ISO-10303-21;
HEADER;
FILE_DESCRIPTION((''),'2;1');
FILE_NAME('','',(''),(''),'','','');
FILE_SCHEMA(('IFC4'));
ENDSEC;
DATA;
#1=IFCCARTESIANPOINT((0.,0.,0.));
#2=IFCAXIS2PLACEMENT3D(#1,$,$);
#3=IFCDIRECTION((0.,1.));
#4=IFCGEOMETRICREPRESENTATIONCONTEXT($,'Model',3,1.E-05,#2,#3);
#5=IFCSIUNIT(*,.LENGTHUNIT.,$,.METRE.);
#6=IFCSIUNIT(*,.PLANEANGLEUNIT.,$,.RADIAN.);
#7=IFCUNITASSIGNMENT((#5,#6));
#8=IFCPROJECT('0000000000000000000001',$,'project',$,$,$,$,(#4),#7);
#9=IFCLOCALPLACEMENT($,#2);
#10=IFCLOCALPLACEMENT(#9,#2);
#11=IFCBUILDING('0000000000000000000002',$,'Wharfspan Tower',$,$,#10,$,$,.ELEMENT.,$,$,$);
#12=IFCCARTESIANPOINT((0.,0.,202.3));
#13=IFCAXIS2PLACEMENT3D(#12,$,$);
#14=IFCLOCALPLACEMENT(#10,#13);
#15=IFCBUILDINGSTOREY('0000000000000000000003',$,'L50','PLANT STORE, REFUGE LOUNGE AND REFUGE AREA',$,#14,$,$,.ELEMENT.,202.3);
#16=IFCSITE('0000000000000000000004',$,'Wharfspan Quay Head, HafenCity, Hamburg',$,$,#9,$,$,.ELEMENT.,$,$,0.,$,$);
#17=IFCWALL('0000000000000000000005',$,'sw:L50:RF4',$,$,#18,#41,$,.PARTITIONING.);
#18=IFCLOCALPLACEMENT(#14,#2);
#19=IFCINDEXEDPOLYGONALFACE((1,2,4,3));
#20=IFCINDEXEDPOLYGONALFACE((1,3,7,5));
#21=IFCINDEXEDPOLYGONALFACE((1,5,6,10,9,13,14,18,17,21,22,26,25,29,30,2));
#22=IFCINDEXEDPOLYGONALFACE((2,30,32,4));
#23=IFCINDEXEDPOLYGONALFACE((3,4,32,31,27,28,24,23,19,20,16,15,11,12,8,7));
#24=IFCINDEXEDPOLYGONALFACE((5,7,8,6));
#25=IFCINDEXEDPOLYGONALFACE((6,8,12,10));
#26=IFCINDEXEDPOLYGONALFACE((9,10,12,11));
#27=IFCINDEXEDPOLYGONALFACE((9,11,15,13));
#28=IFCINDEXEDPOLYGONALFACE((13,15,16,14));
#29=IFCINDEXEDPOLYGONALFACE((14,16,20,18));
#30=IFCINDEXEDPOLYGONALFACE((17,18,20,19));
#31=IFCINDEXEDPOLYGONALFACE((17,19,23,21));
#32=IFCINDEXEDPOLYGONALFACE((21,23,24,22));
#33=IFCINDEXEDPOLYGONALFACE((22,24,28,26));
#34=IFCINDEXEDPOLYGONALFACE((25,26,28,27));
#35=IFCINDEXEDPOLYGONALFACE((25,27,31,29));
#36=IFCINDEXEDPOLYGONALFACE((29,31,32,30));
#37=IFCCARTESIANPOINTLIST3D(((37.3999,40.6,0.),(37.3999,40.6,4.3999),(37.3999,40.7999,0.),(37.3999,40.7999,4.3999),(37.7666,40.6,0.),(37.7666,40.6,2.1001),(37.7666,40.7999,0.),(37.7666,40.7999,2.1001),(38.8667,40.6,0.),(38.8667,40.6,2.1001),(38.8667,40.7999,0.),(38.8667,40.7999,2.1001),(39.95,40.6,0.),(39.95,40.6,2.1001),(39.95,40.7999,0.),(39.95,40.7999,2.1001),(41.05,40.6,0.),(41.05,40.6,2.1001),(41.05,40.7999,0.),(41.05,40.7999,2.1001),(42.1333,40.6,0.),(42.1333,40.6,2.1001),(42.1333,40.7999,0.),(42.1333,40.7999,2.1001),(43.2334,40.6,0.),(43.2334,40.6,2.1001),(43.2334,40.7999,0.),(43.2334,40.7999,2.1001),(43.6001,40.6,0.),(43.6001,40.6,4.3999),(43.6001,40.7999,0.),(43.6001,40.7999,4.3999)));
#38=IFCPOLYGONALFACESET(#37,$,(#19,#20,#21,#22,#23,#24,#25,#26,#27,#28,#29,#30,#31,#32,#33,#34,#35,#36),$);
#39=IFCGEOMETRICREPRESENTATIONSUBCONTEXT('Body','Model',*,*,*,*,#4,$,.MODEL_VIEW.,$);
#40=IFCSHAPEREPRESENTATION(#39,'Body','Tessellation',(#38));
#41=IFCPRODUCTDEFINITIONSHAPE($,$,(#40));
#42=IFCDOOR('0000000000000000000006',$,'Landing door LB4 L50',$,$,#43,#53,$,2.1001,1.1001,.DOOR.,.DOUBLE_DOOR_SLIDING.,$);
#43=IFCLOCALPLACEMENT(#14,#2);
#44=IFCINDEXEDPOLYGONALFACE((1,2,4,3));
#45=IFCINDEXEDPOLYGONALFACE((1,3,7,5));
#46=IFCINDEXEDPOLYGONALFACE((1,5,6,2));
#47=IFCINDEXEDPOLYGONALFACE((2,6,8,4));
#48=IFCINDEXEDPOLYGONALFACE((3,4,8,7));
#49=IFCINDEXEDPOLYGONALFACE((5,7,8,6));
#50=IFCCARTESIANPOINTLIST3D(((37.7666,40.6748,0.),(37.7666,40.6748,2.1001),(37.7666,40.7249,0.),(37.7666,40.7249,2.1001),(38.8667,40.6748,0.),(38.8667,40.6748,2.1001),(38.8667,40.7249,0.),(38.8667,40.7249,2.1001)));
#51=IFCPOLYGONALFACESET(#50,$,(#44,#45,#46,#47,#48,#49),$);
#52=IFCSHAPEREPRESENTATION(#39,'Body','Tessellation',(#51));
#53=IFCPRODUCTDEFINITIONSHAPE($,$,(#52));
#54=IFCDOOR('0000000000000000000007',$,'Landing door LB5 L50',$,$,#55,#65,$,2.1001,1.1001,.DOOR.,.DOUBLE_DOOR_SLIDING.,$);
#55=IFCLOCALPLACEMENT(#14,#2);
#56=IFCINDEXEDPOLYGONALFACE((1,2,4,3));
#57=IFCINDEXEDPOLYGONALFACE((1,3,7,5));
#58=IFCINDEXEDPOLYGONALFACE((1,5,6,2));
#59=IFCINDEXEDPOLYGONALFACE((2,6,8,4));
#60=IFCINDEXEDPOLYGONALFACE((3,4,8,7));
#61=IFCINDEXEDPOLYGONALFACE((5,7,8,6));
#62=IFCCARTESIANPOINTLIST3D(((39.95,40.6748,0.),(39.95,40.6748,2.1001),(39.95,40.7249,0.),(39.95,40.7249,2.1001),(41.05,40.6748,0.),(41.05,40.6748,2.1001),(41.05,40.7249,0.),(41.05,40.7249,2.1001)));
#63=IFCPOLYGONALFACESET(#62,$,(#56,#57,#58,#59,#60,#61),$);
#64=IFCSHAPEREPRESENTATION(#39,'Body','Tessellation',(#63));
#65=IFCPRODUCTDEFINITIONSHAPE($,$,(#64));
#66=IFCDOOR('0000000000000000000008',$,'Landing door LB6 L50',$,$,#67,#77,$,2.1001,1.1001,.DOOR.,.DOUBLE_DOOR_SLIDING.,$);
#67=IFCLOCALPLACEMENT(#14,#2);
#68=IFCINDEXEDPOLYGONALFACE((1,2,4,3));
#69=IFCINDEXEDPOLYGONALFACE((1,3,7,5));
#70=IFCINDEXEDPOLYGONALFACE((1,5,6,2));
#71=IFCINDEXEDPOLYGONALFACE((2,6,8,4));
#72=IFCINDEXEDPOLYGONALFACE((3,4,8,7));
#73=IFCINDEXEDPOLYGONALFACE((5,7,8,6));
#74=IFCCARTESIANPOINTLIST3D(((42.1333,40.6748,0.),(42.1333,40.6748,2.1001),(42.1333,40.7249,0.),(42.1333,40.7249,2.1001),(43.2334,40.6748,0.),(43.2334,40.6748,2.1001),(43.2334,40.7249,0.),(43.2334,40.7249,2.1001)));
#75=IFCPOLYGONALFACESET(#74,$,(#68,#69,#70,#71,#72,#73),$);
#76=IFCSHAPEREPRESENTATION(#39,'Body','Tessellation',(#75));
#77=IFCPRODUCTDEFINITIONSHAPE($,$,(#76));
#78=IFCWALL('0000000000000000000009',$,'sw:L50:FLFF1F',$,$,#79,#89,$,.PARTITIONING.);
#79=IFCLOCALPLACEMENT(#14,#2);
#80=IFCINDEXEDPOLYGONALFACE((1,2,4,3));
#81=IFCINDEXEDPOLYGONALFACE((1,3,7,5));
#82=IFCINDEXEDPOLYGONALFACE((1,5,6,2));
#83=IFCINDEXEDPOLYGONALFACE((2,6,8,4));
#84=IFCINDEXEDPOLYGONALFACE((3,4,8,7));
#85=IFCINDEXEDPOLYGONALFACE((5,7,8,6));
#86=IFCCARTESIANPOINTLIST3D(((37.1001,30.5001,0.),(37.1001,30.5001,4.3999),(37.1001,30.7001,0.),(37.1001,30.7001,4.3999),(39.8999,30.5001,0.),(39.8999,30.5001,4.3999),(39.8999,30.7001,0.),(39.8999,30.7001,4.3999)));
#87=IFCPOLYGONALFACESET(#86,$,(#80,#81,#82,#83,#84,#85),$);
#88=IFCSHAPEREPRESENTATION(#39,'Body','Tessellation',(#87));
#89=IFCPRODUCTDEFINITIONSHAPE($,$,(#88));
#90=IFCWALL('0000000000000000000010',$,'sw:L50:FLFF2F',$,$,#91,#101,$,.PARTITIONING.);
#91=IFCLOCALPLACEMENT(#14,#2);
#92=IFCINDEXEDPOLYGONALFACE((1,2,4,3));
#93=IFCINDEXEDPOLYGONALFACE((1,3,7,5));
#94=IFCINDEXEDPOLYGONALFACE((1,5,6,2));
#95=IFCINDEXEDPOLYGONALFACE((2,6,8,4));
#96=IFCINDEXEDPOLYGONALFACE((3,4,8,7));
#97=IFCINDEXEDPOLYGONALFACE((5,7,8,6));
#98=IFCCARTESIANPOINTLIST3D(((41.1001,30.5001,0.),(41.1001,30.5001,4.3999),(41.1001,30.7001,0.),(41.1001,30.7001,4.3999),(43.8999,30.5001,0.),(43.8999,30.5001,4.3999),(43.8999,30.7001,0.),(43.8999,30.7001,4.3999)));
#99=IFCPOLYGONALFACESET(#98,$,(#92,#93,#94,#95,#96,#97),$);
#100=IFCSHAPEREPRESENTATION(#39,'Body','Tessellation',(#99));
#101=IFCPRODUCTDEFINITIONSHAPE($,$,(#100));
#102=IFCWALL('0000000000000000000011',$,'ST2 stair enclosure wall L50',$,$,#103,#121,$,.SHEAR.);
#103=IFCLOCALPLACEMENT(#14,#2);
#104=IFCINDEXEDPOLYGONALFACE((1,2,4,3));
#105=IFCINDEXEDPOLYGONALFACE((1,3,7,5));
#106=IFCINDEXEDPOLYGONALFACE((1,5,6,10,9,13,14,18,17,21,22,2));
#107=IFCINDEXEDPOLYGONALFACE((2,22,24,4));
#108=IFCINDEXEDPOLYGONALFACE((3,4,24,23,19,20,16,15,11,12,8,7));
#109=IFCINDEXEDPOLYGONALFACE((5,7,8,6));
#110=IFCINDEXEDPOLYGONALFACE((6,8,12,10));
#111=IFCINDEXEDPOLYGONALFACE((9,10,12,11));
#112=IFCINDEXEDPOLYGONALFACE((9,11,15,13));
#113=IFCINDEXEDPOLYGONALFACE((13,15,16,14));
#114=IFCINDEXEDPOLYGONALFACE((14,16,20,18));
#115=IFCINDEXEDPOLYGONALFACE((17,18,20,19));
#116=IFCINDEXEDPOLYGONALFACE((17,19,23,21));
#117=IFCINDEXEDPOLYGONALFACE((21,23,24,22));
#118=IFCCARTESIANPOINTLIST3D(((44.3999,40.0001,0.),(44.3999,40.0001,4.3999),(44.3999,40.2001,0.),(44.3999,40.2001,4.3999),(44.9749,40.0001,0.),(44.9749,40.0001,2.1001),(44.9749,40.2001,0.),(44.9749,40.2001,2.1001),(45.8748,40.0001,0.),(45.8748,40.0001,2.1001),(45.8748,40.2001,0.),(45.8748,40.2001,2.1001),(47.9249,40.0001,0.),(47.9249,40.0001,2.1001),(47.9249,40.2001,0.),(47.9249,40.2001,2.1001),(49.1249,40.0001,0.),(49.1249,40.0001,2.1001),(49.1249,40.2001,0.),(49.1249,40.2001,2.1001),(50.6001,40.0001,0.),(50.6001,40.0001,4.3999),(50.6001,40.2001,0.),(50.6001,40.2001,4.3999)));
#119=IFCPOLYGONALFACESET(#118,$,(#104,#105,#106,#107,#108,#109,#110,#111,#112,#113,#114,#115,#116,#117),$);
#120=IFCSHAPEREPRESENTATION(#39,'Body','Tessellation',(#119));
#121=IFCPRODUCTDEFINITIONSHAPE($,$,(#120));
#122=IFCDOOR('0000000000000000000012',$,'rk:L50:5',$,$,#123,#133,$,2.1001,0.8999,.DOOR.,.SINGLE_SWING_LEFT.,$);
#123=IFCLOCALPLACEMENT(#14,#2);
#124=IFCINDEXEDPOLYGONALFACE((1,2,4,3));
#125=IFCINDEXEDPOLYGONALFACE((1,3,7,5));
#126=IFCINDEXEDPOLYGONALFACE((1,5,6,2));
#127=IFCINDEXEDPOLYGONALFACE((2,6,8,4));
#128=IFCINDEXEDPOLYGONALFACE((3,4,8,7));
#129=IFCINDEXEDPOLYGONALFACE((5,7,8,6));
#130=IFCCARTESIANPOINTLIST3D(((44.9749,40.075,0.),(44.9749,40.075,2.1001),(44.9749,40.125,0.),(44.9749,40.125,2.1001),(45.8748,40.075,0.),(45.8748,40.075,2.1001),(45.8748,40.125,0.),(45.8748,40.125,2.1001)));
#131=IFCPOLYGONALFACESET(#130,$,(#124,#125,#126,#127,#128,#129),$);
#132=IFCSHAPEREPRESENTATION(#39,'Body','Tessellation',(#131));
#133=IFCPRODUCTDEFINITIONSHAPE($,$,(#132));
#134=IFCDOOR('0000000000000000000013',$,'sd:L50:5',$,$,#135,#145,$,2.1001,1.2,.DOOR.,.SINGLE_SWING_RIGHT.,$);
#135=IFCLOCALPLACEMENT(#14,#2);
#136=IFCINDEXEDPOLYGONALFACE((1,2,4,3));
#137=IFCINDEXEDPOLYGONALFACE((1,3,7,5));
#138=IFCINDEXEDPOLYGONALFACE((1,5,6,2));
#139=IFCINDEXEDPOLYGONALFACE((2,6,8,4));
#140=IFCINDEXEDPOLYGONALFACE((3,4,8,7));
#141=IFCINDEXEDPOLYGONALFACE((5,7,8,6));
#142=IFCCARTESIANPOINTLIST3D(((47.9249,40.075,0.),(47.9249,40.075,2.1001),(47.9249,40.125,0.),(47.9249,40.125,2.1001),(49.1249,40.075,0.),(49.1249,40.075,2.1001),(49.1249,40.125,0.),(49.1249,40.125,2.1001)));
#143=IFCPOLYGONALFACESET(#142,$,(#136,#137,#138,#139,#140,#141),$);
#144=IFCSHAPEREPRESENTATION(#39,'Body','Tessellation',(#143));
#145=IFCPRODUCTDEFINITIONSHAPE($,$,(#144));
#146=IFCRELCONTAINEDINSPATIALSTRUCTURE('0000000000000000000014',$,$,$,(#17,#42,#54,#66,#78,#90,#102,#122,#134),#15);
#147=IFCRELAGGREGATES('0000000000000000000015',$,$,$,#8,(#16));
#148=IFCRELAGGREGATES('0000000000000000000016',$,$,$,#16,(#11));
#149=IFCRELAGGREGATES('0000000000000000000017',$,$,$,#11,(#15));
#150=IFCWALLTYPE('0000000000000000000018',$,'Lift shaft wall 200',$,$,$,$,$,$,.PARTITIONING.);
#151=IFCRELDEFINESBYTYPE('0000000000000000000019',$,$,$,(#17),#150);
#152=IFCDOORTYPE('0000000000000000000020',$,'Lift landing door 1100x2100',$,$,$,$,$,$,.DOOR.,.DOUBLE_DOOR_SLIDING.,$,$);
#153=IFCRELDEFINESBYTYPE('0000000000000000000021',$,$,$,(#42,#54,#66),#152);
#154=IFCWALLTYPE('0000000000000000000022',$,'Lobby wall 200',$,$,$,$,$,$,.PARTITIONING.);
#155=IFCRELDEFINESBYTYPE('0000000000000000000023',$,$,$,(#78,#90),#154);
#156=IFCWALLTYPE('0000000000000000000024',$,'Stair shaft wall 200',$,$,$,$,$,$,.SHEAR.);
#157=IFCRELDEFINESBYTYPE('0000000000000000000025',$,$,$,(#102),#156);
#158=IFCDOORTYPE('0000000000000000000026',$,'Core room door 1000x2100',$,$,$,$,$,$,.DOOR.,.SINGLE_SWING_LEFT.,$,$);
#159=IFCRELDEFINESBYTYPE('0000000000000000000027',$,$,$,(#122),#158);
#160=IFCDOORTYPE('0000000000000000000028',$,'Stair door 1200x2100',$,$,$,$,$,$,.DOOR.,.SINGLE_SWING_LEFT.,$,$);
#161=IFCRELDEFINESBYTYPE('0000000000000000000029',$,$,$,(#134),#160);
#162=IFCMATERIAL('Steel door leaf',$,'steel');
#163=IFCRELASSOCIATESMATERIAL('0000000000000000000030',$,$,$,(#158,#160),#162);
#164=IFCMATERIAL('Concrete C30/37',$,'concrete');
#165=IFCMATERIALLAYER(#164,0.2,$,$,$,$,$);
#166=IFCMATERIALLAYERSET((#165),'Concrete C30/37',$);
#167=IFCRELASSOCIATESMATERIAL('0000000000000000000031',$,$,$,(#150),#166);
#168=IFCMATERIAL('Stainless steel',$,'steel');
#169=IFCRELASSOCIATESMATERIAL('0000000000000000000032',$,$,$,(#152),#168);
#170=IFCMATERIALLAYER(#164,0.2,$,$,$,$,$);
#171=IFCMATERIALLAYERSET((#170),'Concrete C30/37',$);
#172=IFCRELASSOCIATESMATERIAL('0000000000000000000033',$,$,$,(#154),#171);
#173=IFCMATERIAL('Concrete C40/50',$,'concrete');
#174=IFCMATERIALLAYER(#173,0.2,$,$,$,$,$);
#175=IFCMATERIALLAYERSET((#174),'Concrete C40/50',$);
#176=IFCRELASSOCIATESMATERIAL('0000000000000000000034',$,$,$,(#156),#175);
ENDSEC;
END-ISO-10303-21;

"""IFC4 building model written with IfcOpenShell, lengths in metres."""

from ifc_helpers import new_model, si_unit, direction, frame, frame_2d, origin, place, context, subcontext, project, spatial, rectangle, extrude, material, layer, layer_set, type_object, element, fill, save


model = new_model("IFC4")

# Units and contexts
model_context = context("Model", 3, precision=1e-05, world=origin(), true_north=direction((0.0, 1.0)))
body_context = subcontext(model_context, "Body", "Model", "MODEL_VIEW")
ifc_project = project(units=[si_unit("LENGTHUNIT", "METRE"), si_unit("PLANEANGLEUNIT", "RADIAN")], contexts=[model_context])

# Site, building, storey
site_placement = place(None, origin())
site = spatial("IfcSite", under=ifc_project, at=site_placement, Name="Wharfspan Quay Head, HafenCity, Hamburg", CompositionType="ELEMENT", RefElevation=0.0)
building_placement = place(site_placement, origin())
building = spatial("IfcBuilding", under=site, at=building_placement, Name="Wharfspan Tower", CompositionType="ELEMENT")
storey_placement = place(building_placement, frame((0.0, 0.0, 202.3)))
storey = spatial("IfcBuildingStorey", under=building, at=storey_placement, Name="L50", Description="PLANT STORE, REFUGE LOUNGE AND REFUGE AREA", CompositionType="ELEMENT", Elevation=202.3)

# Shared definitions
ifc_material_1 = material(Name="Steel door leaf", Category="steel")

# Wall, openings, doors
door_type_1 = type_object("IfcDoorType", Name="Core room door 1000x2100", OperationType="SINGLE_SWING_LEFT", PredefinedType="DOOR", material=ifc_material_1)
ifc_material_2 = material(Name="Concrete C30/37", Category="concrete")
ifc_layer_1 = layer(ifc_material_2, 0.2)
ifc_layer_set_1 = layer_set([ifc_layer_1], Name="Concrete C30/37")
wall_type_1 = type_object("IfcWallType", Name="Lift shaft wall 200", PredefinedType="PARTITIONING", material=ifc_layer_set_1)
ifc_material_3 = material(Name="Stainless steel", Category="steel")
door_type_2 = type_object("IfcDoorType", Name="Lift landing door 1100x2100", OperationType="DOUBLE_DOOR_SLIDING", PredefinedType="DOOR", material=ifc_material_3)
wall_1_placement = place(storey_placement, frame((37.3999, 40.7, 0.0), z_axis=(0.0, 0.0, 1.0), x_axis=(1.0, 0.0, 0.0)))
wall_1 = element("IfcWall", 1, at=wall_1_placement, inside=storey, type_object=wall_type_1, Name="sw:L50:RF4", PredefinedType="PARTITIONING", context=body_context, shape_type="SweptSolid", body=[
    extrude(rectangle(XDim=6.2002, YDim=0.2, at=frame_2d((3.1001, 0.0))), origin(), (0.0, 0.0, 1.0), 4.3999),
])
opening_1_placement = place(wall_1_placement, frame((0.3667, 0.0, 0.0)))
opening_1 = element("IfcOpeningElement", 2, at=opening_1_placement, cuts=wall_1, PredefinedType="OPENING", context=body_context, shape_type="SweptSolid", body=[
    extrude(rectangle(XDim=1.1001, YDim=2.1001, at=frame_2d((0.55, 1.05))), frame((0.0, 0.1099, 0.0), z_axis=(0.0, -1.0, 0.0), x_axis=(1.0, 0.0, 0.0)), (0.0, 0.0, 1.0), 0.22),
])
opening_2_placement = place(wall_1_placement, frame((2.55, 0.0, 0.0)))
opening_2 = element("IfcOpeningElement", 3, at=opening_2_placement, cuts=wall_1, PredefinedType="OPENING", context=body_context, shape_type="SweptSolid", body=[
    extrude(rectangle(XDim=1.1001, YDim=2.1001, at=frame_2d((0.55, 1.05))), frame((0.0, 0.1099, 0.0), z_axis=(0.0, -1.0, 0.0), x_axis=(1.0, 0.0, 0.0)), (0.0, 0.0, 1.0), 0.22),
])
opening_3_placement = place(wall_1_placement, frame((4.7334, 0.0, 0.0)))
opening_3 = element("IfcOpeningElement", 4, at=opening_3_placement, cuts=wall_1, PredefinedType="OPENING", context=body_context, shape_type="SweptSolid", body=[
    extrude(rectangle(XDim=1.1001, YDim=2.1001, at=frame_2d((0.55, 1.05))), frame((0.0, 0.1099, 0.0), z_axis=(0.0, -1.0, 0.0), x_axis=(1.0, 0.0, 0.0)), (0.0, 0.0, 1.0), 0.22),
])
door_1_placement = place(opening_1_placement, origin())
door_1 = element("IfcDoor", 5, at=door_1_placement, inside=storey, type_object=door_type_2, Name="Landing door LB4 L50", OperationType="DOUBLE_DOOR_SLIDING", OverallHeight=2.1001, OverallWidth=1.1001, PredefinedType="DOOR", context=body_context, shape_type="SweptSolid", body=[
    extrude(rectangle(XDim=1.1001, YDim=2.1001, at=frame_2d((0.55, 1.05))), frame((0.0, 0.0249, 0.0), z_axis=(0.0, -1.0, 0.0), x_axis=(1.0, 0.0, 0.0)), (0.0, 0.0, 1.0), 0.05),
])
fill(opening_1, door_1)
door_2_placement = place(opening_2_placement, origin())
door_2 = element("IfcDoor", 6, at=door_2_placement, inside=storey, type_object=door_type_2, Name="Landing door LB5 L50", OperationType="DOUBLE_DOOR_SLIDING", OverallHeight=2.1001, OverallWidth=1.1001, PredefinedType="DOOR", context=body_context, shape_type="SweptSolid", body=[
    extrude(rectangle(XDim=1.1001, YDim=2.1001, at=frame_2d((0.55, 1.05))), frame((0.0, 0.0249, 0.0), z_axis=(0.0, -1.0, 0.0), x_axis=(1.0, 0.0, 0.0)), (0.0, 0.0, 1.0), 0.05),
])
fill(opening_2, door_2)
door_3_placement = place(opening_3_placement, origin())
door_3 = element("IfcDoor", 7, at=door_3_placement, inside=storey, type_object=door_type_2, Name="Landing door LB6 L50", OperationType="DOUBLE_DOOR_SLIDING", OverallHeight=2.1001, OverallWidth=1.1001, PredefinedType="DOOR", context=body_context, shape_type="SweptSolid", body=[
    extrude(rectangle(XDim=1.1001, YDim=2.1001, at=frame_2d((0.55, 1.05))), frame((0.0, 0.0249, 0.0), z_axis=(0.0, -1.0, 0.0), x_axis=(1.0, 0.0, 0.0)), (0.0, 0.0, 1.0), 0.05),
])
fill(opening_3, door_3)

# Walls
ifc_layer_2 = layer(ifc_material_2, 0.2)
ifc_layer_set_2 = layer_set([ifc_layer_2], Name="Concrete C30/37")
wall_type_2 = type_object("IfcWallType", Name="Lobby wall 200", PredefinedType="PARTITIONING", material=ifc_layer_set_2)
for number, where, z_axis, x_axis, name in (
    (8, (37.1001, 30.6001, 0.0), (0.0, 0.0, 1.0), (1.0, 0.0, 0.0), "sw:L50:FLFF1F"),
    (9, (41.1001, 30.6001, 0.0), (0.0, 0.0, 1.0), (1.0, 0.0, 0.0), "sw:L50:FLFF2F"),
):
    element("IfcWall", number, at=place(storey_placement, frame(where, z_axis=z_axis, x_axis=x_axis)), inside=storey, type_object=wall_type_2, Name=name, PredefinedType="PARTITIONING", context=body_context, shape_type="SweptSolid", body=[
        extrude(rectangle(XDim=2.7998, YDim=0.2, at=frame_2d((1.3999, 0.0))), origin(), (0.0, 0.0, 1.0), 4.3999),
    ])

# Wall, openings, doors
ifc_material_4 = material(Name="Concrete C40/50", Category="concrete")
ifc_layer_3 = layer(ifc_material_4, 0.2)
ifc_layer_set_3 = layer_set([ifc_layer_3], Name="Concrete C40/50")
wall_type_3 = type_object("IfcWallType", Name="Stair shaft wall 200", PredefinedType="SHEAR", material=ifc_layer_set_3)
wall_2_placement = place(storey_placement, frame((44.3999, 40.1001, 0.0), z_axis=(0.0, 0.0, 1.0), x_axis=(1.0, 0.0, 0.0)))
wall_2 = element("IfcWall", 10, at=wall_2_placement, inside=storey, type_object=wall_type_3, Name="ST2 stair enclosure wall L50", PredefinedType="SHEAR", context=body_context, shape_type="SweptSolid", body=[
    extrude(rectangle(XDim=6.2002, YDim=0.2, at=frame_2d((3.1001, 0.0))), origin(), (0.0, 0.0, 1.0), 4.3999),
])
opening_4_placement = place(wall_2_placement, frame((3.5249, 0.0, 0.0)))
opening_4 = element("IfcOpeningElement", 11, at=opening_4_placement, cuts=wall_2, PredefinedType="OPENING", context=body_context, shape_type="SweptSolid", body=[
    extrude(rectangle(XDim=1.2, YDim=2.1001, at=frame_2d((0.6001, 1.05))), frame((0.0, 0.1099, 0.0), z_axis=(0.0, -1.0, 0.0), x_axis=(1.0, 0.0, 0.0)), (0.0, 0.0, 1.0), 0.22),
])
opening_5_placement = place(wall_2_placement, frame((0.575, 0.0, 0.0)))
opening_5 = element("IfcOpeningElement", 12, at=opening_5_placement, cuts=wall_2, PredefinedType="OPENING", context=body_context, shape_type="SweptSolid", body=[
    extrude(rectangle(XDim=0.8999, YDim=2.1001, at=frame_2d((0.45, 1.05))), frame((0.0, 0.1099, 0.0), z_axis=(0.0, -1.0, 0.0), x_axis=(1.0, 0.0, 0.0)), (0.0, 0.0, 1.0), 0.22),
])
door_4_placement = place(opening_5_placement, origin())
door_4 = element("IfcDoor", 13, at=door_4_placement, inside=storey, type_object=door_type_1, Name="rk:L50:5", OperationType="SINGLE_SWING_LEFT", OverallHeight=2.1001, OverallWidth=0.8999, PredefinedType="DOOR", context=body_context, shape_type="SweptSolid", body=[
    extrude(rectangle(XDim=0.8999, YDim=2.1001, at=frame_2d((0.45, 1.05))), frame((0.0, 0.0249, 0.0), z_axis=(0.0, -1.0, 0.0), x_axis=(1.0, 0.0, 0.0)), (0.0, 0.0, 1.0), 0.05),
])
fill(opening_5, door_4)
door_type_3 = type_object("IfcDoorType", Name="Stair door 1200x2100", OperationType="SINGLE_SWING_LEFT", PredefinedType="DOOR", material=ifc_material_1)
door_5_placement = place(opening_4_placement, origin())
door_5 = element("IfcDoor", 14, at=door_5_placement, inside=storey, type_object=door_type_3, Name="sd:L50:5", OperationType="SINGLE_SWING_RIGHT", OverallHeight=2.1001, OverallWidth=1.2, PredefinedType="DOOR", context=body_context, shape_type="SweptSolid", body=[
    extrude(rectangle(XDim=1.2, YDim=2.1001, at=frame_2d((0.6001, 1.05))), frame((0.0, 0.0249, 0.0), z_axis=(0.0, -1.0, 0.0), x_axis=(1.0, 0.0, 0.0)), (0.0, 0.0, 1.0), 0.05),
])
fill(opening_4, door_5)

save(model, "model.ifc")
